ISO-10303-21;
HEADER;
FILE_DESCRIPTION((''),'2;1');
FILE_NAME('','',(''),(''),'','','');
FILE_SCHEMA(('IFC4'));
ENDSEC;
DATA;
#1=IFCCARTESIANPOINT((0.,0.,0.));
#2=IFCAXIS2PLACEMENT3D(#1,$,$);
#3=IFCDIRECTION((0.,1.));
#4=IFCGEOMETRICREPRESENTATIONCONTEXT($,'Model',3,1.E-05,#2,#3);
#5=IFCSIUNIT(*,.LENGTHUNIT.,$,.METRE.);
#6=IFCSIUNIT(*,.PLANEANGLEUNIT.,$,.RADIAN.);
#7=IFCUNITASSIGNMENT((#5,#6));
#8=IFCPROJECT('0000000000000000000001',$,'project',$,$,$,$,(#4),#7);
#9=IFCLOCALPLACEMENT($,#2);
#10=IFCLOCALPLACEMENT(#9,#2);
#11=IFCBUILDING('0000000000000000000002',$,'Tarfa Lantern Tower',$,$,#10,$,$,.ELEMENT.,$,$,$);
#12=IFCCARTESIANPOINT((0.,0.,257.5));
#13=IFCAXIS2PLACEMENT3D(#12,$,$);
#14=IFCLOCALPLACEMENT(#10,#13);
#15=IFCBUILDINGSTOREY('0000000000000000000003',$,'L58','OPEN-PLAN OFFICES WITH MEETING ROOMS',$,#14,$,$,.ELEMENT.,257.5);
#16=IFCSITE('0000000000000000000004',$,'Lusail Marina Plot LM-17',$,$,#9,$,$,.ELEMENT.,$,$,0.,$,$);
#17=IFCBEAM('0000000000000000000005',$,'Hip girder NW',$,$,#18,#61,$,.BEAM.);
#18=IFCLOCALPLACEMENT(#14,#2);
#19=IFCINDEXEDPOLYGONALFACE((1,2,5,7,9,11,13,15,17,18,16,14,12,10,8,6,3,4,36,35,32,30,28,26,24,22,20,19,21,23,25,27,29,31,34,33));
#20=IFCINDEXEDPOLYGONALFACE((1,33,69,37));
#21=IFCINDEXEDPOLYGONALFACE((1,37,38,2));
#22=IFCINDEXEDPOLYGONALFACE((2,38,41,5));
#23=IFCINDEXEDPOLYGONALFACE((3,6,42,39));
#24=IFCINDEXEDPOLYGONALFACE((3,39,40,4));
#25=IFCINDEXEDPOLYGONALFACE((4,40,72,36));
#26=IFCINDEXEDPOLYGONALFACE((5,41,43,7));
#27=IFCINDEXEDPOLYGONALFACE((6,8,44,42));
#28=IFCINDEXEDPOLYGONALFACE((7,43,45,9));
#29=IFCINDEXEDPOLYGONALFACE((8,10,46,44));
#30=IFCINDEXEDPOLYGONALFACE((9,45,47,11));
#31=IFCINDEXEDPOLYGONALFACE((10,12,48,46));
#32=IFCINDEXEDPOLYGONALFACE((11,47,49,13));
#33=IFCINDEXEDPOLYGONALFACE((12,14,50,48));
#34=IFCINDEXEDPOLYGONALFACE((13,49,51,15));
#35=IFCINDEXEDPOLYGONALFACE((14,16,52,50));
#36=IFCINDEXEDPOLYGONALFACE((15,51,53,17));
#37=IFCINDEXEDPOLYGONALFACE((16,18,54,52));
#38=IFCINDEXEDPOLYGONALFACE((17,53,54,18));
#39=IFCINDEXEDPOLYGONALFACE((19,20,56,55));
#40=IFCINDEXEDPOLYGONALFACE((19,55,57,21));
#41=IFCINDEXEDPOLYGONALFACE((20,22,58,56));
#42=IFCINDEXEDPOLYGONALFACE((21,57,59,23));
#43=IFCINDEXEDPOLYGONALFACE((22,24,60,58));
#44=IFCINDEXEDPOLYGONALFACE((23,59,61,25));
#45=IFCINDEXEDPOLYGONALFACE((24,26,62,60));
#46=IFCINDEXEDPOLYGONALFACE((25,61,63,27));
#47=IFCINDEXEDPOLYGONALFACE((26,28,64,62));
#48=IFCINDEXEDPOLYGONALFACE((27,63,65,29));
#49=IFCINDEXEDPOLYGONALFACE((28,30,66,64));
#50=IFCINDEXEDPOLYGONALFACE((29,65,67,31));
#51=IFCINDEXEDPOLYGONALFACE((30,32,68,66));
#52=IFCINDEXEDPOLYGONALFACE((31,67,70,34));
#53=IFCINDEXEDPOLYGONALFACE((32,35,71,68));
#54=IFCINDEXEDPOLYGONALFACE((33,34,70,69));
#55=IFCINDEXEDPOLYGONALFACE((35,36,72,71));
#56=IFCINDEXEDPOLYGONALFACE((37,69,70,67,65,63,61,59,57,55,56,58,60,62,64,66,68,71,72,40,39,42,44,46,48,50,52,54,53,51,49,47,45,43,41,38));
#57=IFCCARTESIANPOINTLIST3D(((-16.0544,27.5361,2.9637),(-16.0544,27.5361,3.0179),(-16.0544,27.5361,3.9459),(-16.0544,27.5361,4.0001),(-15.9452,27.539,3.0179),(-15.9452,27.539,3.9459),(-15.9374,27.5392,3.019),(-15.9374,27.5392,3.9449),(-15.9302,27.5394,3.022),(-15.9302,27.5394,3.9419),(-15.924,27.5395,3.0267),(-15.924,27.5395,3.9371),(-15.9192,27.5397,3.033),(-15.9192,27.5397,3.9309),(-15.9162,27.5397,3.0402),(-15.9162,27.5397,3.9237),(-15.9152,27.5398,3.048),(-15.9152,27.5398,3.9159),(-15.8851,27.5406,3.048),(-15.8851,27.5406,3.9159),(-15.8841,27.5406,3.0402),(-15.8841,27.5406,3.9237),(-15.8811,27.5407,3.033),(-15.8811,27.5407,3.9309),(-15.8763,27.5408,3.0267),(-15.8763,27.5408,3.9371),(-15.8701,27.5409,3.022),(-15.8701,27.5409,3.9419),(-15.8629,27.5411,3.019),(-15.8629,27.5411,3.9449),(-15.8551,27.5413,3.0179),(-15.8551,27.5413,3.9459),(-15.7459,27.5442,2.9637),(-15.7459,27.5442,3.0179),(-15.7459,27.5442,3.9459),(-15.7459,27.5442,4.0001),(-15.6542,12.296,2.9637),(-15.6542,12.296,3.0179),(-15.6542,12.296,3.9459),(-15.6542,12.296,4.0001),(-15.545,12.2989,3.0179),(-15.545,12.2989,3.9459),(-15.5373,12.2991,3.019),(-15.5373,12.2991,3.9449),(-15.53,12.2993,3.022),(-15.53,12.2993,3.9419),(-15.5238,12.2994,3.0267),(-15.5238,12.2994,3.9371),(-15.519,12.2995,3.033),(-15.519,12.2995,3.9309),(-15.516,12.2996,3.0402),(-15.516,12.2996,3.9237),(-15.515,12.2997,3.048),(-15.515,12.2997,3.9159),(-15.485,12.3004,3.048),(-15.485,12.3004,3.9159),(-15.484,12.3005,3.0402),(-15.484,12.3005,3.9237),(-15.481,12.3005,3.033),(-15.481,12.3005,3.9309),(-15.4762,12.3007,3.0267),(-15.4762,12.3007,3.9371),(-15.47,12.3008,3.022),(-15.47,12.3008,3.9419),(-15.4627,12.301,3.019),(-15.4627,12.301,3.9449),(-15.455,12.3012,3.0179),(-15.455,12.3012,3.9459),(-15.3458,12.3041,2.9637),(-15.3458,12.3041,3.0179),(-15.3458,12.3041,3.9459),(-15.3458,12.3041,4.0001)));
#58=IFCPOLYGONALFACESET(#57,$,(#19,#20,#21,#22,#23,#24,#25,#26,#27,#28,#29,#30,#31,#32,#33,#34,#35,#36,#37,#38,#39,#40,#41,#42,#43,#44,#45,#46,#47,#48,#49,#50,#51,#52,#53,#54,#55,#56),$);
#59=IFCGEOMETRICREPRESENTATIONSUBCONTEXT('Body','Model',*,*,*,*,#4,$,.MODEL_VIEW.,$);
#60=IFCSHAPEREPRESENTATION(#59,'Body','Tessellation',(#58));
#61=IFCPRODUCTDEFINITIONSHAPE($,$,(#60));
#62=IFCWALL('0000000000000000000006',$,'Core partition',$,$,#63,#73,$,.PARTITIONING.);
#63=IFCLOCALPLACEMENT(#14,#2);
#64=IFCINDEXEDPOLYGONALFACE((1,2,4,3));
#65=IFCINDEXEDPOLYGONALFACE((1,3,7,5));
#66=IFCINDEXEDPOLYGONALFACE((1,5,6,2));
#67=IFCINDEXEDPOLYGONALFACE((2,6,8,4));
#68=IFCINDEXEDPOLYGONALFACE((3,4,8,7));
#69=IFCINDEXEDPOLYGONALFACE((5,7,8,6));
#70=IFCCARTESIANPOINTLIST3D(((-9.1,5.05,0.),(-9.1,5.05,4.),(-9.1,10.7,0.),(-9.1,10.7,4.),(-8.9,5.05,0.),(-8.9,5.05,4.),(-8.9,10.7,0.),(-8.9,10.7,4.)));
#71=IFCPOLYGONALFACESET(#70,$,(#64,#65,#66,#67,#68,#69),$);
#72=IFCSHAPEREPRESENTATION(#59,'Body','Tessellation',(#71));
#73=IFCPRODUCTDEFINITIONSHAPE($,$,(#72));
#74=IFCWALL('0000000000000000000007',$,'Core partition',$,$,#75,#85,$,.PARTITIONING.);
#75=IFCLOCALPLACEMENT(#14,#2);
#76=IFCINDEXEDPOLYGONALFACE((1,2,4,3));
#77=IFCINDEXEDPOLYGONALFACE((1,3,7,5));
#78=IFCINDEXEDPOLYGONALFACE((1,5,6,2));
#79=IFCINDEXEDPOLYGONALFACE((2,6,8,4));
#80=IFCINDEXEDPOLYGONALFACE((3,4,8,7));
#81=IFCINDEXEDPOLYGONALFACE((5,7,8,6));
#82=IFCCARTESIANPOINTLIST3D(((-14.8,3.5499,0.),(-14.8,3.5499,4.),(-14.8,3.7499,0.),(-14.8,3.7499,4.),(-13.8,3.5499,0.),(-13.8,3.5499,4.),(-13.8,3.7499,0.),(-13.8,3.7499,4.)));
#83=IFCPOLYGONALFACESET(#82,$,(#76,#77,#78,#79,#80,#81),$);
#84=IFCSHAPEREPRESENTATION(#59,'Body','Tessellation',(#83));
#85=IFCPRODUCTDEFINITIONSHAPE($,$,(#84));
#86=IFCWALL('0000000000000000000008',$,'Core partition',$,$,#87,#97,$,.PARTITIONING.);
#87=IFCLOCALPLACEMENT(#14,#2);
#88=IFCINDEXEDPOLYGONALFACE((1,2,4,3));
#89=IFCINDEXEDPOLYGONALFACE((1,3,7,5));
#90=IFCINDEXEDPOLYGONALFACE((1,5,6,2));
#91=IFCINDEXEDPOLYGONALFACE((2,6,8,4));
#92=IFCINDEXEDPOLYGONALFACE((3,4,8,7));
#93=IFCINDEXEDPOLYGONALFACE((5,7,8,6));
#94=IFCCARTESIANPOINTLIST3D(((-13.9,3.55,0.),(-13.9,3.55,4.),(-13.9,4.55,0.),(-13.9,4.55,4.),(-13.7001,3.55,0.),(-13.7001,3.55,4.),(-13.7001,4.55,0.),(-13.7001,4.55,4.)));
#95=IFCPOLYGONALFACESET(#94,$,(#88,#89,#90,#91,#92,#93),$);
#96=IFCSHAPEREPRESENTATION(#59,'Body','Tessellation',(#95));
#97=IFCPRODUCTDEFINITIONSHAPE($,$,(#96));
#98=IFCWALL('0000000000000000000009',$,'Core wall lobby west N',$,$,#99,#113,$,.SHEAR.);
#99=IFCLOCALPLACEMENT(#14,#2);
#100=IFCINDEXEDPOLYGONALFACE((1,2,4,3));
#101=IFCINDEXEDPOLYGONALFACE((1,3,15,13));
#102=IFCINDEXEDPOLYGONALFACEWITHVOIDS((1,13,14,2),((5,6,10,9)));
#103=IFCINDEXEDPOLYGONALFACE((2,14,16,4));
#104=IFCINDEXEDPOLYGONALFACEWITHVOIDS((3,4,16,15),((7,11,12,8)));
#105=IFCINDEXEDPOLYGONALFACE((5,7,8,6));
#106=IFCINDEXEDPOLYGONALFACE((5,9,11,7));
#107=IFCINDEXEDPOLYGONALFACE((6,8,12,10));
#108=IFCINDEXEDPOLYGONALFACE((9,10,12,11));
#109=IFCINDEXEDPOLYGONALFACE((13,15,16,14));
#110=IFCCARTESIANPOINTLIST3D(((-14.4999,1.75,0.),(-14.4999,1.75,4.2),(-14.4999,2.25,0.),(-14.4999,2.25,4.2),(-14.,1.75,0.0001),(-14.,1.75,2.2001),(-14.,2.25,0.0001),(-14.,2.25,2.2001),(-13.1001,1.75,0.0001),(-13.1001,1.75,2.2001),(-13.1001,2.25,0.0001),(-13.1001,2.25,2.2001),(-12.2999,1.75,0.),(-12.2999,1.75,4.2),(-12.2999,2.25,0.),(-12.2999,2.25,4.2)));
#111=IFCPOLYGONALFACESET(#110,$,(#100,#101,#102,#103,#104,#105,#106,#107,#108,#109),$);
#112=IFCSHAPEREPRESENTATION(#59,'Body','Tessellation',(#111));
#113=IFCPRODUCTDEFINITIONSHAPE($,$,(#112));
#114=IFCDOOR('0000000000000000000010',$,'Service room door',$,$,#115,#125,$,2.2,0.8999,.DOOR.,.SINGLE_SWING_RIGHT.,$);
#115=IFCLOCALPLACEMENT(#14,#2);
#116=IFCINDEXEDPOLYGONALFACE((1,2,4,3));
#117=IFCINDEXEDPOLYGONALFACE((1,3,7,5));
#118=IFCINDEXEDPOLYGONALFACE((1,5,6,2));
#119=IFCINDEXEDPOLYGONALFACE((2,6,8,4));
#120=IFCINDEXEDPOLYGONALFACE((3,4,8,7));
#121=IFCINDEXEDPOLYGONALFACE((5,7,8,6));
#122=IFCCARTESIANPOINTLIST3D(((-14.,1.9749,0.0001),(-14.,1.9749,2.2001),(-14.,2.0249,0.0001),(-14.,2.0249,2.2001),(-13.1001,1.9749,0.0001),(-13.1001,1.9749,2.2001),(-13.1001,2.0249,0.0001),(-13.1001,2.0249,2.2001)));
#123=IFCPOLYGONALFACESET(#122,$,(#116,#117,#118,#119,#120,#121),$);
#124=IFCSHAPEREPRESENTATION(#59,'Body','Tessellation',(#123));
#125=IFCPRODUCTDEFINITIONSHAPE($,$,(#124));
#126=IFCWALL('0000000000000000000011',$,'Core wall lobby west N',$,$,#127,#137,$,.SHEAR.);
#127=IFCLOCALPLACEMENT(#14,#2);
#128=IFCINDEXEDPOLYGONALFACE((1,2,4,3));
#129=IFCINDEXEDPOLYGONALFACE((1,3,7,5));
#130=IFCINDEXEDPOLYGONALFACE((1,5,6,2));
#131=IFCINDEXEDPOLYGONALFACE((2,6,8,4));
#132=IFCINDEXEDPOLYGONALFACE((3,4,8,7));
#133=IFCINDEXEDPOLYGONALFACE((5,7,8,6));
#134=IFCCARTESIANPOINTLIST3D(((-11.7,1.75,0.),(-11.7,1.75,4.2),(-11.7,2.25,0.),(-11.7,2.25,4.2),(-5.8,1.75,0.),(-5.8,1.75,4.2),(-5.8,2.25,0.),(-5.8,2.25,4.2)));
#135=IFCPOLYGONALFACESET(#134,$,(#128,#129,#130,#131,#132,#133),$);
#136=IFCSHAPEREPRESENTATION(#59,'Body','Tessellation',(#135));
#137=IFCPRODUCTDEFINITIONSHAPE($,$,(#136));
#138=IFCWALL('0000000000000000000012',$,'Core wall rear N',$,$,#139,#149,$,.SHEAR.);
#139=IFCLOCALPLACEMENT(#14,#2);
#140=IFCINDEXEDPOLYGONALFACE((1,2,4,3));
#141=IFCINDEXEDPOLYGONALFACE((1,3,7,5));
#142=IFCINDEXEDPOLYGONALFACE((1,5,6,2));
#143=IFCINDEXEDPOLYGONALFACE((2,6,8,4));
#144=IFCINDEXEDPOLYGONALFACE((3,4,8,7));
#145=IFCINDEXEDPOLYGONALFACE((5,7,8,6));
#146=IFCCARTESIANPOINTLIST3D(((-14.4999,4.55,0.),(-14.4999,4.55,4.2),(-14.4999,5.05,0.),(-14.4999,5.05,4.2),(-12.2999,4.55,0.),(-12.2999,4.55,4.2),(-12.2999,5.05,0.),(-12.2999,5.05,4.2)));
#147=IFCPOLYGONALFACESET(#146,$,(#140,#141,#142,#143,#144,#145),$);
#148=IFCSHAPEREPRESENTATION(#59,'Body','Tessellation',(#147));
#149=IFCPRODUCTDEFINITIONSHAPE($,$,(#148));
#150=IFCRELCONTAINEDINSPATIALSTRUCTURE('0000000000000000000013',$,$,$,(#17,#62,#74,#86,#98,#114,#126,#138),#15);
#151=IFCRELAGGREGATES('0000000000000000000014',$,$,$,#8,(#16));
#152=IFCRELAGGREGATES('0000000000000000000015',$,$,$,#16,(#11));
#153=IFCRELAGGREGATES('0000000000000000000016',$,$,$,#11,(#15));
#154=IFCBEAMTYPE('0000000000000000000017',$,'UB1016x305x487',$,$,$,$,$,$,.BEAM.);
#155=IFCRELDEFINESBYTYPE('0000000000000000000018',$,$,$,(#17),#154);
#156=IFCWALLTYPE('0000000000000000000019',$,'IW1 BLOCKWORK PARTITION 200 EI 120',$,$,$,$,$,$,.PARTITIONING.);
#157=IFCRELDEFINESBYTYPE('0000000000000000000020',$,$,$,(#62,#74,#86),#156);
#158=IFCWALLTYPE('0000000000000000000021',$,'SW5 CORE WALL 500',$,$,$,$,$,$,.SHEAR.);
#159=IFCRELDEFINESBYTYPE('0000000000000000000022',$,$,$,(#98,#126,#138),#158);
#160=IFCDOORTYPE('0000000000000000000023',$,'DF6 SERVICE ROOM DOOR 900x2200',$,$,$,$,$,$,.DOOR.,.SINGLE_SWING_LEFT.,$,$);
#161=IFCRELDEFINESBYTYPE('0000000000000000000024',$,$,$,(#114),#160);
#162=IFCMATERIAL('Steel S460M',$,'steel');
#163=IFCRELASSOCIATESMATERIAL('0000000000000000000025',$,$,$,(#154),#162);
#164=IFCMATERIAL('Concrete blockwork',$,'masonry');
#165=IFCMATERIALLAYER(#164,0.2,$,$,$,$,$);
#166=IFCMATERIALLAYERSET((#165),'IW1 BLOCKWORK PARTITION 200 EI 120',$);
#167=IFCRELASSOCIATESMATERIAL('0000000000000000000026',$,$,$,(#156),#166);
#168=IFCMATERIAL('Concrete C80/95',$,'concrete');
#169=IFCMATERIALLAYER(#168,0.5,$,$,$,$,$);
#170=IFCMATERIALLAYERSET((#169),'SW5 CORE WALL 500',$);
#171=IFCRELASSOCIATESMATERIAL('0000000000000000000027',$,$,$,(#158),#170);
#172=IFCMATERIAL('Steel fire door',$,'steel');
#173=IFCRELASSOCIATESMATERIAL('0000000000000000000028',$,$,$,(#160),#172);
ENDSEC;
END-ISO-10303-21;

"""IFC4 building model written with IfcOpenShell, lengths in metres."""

from ifc_helpers import new_model, si_unit, direction, frame, frame_2d, origin, origin_2d, place, context, subcontext, project, spatial, rectangle, i_section, extrude, material, layer, layer_set, material_profile, profile_set, type_object, element, fill, save


model = new_model("IFC4")

# Units and contexts
model_context = context("Model", 3, precision=1e-05, world=origin(), true_north=direction((0.0, 1.0)))
body_context = subcontext(model_context, "Body", "Model", "MODEL_VIEW")
ifc_project = project(units=[si_unit("LENGTHUNIT", "METRE"), si_unit("PLANEANGLEUNIT", "RADIAN")], contexts=[model_context])

# Site, building, storey
site_placement = place(None, origin())
site = spatial("IfcSite", under=ifc_project, at=site_placement, Name="Lusail Marina Plot LM-17", CompositionType="ELEMENT", RefElevation=0.0)
building_placement = place(site_placement, origin())
building = spatial("IfcBuilding", under=site, at=building_placement, Name="Tarfa Lantern Tower", CompositionType="ELEMENT")
storey_placement = place(building_placement, frame((0.0, 0.0, 257.5)))
storey = spatial("IfcBuildingStorey", under=building, at=storey_placement, Name="L58", Description="OPEN-PLAN OFFICES WITH MEETING ROOMS", CompositionType="ELEMENT", Elevation=257.5)

# Beam
ifc_material_1 = material(Name="Steel S460M", Category="steel")
ifc_material_profile = material_profile(ifc_material_1, i_section(OverallWidth=0.3086, OverallDepth=1.0364, WebThickness=0.03, FlangeThickness=0.0542, FilletRadius=0.03, at=origin_2d()), Name="UB1016x305x487")
ifc_profile_set = profile_set([ifc_material_profile], Name="Steel S460M")
beam_type = type_object("IfcBeamType", Name="UB1016x305x487", PredefinedType="BEAM", material=ifc_profile_set)
beam_placement = place(storey_placement, frame((-15.5, 12.3, 3.4819), z_axis=(-0.026247, 0.999655, 0.0), x_axis=(-0.999655, -0.026247, 0.0)))
element("IfcBeam", 1, at=beam_placement, inside=storey, type_object=beam_type, Name="Hip girder NW", PredefinedType="BEAM", context=body_context, shape_type="SweptSolid", body=[
    extrude(i_section(OverallWidth=0.3086, OverallDepth=1.0364, WebThickness=0.03, FlangeThickness=0.0542, FilletRadius=0.03, at=origin_2d()), origin(), (0.0, 0.0, 1.0), 15.2454),
])

# Walls
ifc_material_2 = material(Name="Concrete blockwork", Category="masonry")
ifc_layer_1 = layer(ifc_material_2, 0.2)
ifc_layer_set_1 = layer_set([ifc_layer_1], Name="IW1 BLOCKWORK PARTITION 200 EI 120")
wall_type_1 = type_object("IfcWallType", Name="IW1 BLOCKWORK PARTITION 200 EI 120", PredefinedType="PARTITIONING", material=ifc_layer_set_1)
wall_1_placement = place(storey_placement, frame((-9.0, 5.05, 0.0), z_axis=(0.0, 0.0, 1.0), x_axis=(0.0, 1.0, 0.0)))
element("IfcWall", 2, at=wall_1_placement, inside=storey, type_object=wall_type_1, Name="Core partition", PredefinedType="PARTITIONING", context=body_context, shape_type="SweptSolid", body=[
    extrude(rectangle(XDim=5.6499, YDim=0.2, at=frame_2d((2.825, 0.0))), origin(), (0.0, 0.0, 1.0), 4.0),
])
for number, where, z_axis, x_axis, name in (
    (3, (-14.8, 3.6499, 0.0), (0.0, 0.0, 1.0), (1.0, 0.0, 0.0), "Core partition"),
    (4, (-13.8, 3.55, 0.0), (0.0, 0.0, 1.0), (0.0, 1.0, 0.0), "Core partition"),
):
    element("IfcWall", number, at=place(storey_placement, frame(where, z_axis=z_axis, x_axis=x_axis)), inside=storey, type_object=wall_type_1, Name=name, PredefinedType="PARTITIONING", context=body_context, shape_type="SweptSolid", body=[
        extrude(rectangle(XDim=1.0, YDim=0.2, at=frame_2d((0.5, 0.0))), origin(), (0.0, 0.0, 1.0), 4.0),
    ])

# Wall, opening, door
ifc_material_3 = material(Name="Concrete C80/95", Category="concrete")
ifc_material_4 = material(Name="Steel fire door", Category="steel")
ifc_layer_2 = layer(ifc_material_3, 0.5)
ifc_layer_set_2 = layer_set([ifc_layer_2], Name="SW5 CORE WALL 500")
wall_type_2 = type_object("IfcWallType", Name="SW5 CORE WALL 500", PredefinedType="SHEAR", material=ifc_layer_set_2)
wall_2_placement = place(storey_placement, frame((-14.5, 2.0, 0.0), z_axis=(0.0, 0.0, 1.0), x_axis=(1.0, 0.0, 0.0)))
wall_2 = element("IfcWall", 5, at=wall_2_placement, inside=storey, type_object=wall_type_2, Name="Core wall lobby west N", PredefinedType="SHEAR", context=body_context, shape_type="SweptSolid", body=[
    extrude(rectangle(XDim=2.2, YDim=0.5, at=frame_2d((1.1001, 0.0))), origin(), (0.0, 0.0, 1.0), 4.2),
])
opening_1_placement = place(wall_2_placement, frame((0.5, 0.0, 0.0)))
opening_1 = element("IfcOpeningElement", 6, at=opening_1_placement, cuts=wall_2, PredefinedType="OPENING", context=body_context, shape_type="SweptSolid", body=[
    extrude(rectangle(XDim=0.8999, YDim=2.2, at=frame_2d((0.45, 1.1001))), frame((0.0, 0.26, 0.0), z_axis=(0.0, -1.0, 0.0), x_axis=(1.0, 0.0, 0.0)), (0.0, 0.0, 1.0), 0.52),
])
door_type_1 = type_object("IfcDoorType", Name="DF6 SERVICE ROOM DOOR 900x2200", OperationType="SINGLE_SWING_LEFT", PredefinedType="DOOR", material=ifc_material_4)
door_1_placement = place(opening_1_placement, origin())
door_1 = element("IfcDoor", 7, at=door_1_placement, inside=storey, type_object=door_type_1, Name="Service room door", OperationType="SINGLE_SWING_RIGHT", OverallHeight=2.2, OverallWidth=0.8999, PredefinedType="DOOR", context=body_context, shape_type="SweptSolid", body=[
    extrude(rectangle(XDim=0.8999, YDim=2.2, at=frame_2d((0.45, 1.1001))), frame((0.0, 0.0249, 0.0), z_axis=(0.0, -1.0, 0.0), x_axis=(1.0, 0.0, 0.0)), (0.0, 0.0, 1.0), 0.05),
])
fill(opening_1, door_1)

# Walls
wall_3_placement = place(storey_placement, frame((-11.7, 2.0, 0.0), z_axis=(0.0, 0.0, 1.0), x_axis=(1.0, 0.0, 0.0)))
element("IfcWall", 8, at=wall_3_placement, inside=storey, type_object=wall_type_2, Name="Core wall lobby west N", PredefinedType="SHEAR", context=body_context, shape_type="SweptSolid", body=[
    extrude(rectangle(XDim=5.8999, YDim=0.5, at=frame_2d((2.95, 0.0))), origin(), (0.0, 0.0, 1.0), 4.2),
])
wall_4_placement = place(storey_placement, frame((-14.5, 4.8, 0.0), z_axis=(0.0, 0.0, 1.0), x_axis=(1.0, 0.0, 0.0)))
element("IfcWall", 9, at=wall_4_placement, inside=storey, type_object=wall_type_2, Name="Core wall rear N", PredefinedType="SHEAR", context=body_context, shape_type="SweptSolid", body=[
    extrude(rectangle(XDim=2.2, YDim=0.5, at=frame_2d((1.1001, 0.0))), origin(), (0.0, 0.0, 1.0), 4.2),
])

save(model, "model.ifc")
